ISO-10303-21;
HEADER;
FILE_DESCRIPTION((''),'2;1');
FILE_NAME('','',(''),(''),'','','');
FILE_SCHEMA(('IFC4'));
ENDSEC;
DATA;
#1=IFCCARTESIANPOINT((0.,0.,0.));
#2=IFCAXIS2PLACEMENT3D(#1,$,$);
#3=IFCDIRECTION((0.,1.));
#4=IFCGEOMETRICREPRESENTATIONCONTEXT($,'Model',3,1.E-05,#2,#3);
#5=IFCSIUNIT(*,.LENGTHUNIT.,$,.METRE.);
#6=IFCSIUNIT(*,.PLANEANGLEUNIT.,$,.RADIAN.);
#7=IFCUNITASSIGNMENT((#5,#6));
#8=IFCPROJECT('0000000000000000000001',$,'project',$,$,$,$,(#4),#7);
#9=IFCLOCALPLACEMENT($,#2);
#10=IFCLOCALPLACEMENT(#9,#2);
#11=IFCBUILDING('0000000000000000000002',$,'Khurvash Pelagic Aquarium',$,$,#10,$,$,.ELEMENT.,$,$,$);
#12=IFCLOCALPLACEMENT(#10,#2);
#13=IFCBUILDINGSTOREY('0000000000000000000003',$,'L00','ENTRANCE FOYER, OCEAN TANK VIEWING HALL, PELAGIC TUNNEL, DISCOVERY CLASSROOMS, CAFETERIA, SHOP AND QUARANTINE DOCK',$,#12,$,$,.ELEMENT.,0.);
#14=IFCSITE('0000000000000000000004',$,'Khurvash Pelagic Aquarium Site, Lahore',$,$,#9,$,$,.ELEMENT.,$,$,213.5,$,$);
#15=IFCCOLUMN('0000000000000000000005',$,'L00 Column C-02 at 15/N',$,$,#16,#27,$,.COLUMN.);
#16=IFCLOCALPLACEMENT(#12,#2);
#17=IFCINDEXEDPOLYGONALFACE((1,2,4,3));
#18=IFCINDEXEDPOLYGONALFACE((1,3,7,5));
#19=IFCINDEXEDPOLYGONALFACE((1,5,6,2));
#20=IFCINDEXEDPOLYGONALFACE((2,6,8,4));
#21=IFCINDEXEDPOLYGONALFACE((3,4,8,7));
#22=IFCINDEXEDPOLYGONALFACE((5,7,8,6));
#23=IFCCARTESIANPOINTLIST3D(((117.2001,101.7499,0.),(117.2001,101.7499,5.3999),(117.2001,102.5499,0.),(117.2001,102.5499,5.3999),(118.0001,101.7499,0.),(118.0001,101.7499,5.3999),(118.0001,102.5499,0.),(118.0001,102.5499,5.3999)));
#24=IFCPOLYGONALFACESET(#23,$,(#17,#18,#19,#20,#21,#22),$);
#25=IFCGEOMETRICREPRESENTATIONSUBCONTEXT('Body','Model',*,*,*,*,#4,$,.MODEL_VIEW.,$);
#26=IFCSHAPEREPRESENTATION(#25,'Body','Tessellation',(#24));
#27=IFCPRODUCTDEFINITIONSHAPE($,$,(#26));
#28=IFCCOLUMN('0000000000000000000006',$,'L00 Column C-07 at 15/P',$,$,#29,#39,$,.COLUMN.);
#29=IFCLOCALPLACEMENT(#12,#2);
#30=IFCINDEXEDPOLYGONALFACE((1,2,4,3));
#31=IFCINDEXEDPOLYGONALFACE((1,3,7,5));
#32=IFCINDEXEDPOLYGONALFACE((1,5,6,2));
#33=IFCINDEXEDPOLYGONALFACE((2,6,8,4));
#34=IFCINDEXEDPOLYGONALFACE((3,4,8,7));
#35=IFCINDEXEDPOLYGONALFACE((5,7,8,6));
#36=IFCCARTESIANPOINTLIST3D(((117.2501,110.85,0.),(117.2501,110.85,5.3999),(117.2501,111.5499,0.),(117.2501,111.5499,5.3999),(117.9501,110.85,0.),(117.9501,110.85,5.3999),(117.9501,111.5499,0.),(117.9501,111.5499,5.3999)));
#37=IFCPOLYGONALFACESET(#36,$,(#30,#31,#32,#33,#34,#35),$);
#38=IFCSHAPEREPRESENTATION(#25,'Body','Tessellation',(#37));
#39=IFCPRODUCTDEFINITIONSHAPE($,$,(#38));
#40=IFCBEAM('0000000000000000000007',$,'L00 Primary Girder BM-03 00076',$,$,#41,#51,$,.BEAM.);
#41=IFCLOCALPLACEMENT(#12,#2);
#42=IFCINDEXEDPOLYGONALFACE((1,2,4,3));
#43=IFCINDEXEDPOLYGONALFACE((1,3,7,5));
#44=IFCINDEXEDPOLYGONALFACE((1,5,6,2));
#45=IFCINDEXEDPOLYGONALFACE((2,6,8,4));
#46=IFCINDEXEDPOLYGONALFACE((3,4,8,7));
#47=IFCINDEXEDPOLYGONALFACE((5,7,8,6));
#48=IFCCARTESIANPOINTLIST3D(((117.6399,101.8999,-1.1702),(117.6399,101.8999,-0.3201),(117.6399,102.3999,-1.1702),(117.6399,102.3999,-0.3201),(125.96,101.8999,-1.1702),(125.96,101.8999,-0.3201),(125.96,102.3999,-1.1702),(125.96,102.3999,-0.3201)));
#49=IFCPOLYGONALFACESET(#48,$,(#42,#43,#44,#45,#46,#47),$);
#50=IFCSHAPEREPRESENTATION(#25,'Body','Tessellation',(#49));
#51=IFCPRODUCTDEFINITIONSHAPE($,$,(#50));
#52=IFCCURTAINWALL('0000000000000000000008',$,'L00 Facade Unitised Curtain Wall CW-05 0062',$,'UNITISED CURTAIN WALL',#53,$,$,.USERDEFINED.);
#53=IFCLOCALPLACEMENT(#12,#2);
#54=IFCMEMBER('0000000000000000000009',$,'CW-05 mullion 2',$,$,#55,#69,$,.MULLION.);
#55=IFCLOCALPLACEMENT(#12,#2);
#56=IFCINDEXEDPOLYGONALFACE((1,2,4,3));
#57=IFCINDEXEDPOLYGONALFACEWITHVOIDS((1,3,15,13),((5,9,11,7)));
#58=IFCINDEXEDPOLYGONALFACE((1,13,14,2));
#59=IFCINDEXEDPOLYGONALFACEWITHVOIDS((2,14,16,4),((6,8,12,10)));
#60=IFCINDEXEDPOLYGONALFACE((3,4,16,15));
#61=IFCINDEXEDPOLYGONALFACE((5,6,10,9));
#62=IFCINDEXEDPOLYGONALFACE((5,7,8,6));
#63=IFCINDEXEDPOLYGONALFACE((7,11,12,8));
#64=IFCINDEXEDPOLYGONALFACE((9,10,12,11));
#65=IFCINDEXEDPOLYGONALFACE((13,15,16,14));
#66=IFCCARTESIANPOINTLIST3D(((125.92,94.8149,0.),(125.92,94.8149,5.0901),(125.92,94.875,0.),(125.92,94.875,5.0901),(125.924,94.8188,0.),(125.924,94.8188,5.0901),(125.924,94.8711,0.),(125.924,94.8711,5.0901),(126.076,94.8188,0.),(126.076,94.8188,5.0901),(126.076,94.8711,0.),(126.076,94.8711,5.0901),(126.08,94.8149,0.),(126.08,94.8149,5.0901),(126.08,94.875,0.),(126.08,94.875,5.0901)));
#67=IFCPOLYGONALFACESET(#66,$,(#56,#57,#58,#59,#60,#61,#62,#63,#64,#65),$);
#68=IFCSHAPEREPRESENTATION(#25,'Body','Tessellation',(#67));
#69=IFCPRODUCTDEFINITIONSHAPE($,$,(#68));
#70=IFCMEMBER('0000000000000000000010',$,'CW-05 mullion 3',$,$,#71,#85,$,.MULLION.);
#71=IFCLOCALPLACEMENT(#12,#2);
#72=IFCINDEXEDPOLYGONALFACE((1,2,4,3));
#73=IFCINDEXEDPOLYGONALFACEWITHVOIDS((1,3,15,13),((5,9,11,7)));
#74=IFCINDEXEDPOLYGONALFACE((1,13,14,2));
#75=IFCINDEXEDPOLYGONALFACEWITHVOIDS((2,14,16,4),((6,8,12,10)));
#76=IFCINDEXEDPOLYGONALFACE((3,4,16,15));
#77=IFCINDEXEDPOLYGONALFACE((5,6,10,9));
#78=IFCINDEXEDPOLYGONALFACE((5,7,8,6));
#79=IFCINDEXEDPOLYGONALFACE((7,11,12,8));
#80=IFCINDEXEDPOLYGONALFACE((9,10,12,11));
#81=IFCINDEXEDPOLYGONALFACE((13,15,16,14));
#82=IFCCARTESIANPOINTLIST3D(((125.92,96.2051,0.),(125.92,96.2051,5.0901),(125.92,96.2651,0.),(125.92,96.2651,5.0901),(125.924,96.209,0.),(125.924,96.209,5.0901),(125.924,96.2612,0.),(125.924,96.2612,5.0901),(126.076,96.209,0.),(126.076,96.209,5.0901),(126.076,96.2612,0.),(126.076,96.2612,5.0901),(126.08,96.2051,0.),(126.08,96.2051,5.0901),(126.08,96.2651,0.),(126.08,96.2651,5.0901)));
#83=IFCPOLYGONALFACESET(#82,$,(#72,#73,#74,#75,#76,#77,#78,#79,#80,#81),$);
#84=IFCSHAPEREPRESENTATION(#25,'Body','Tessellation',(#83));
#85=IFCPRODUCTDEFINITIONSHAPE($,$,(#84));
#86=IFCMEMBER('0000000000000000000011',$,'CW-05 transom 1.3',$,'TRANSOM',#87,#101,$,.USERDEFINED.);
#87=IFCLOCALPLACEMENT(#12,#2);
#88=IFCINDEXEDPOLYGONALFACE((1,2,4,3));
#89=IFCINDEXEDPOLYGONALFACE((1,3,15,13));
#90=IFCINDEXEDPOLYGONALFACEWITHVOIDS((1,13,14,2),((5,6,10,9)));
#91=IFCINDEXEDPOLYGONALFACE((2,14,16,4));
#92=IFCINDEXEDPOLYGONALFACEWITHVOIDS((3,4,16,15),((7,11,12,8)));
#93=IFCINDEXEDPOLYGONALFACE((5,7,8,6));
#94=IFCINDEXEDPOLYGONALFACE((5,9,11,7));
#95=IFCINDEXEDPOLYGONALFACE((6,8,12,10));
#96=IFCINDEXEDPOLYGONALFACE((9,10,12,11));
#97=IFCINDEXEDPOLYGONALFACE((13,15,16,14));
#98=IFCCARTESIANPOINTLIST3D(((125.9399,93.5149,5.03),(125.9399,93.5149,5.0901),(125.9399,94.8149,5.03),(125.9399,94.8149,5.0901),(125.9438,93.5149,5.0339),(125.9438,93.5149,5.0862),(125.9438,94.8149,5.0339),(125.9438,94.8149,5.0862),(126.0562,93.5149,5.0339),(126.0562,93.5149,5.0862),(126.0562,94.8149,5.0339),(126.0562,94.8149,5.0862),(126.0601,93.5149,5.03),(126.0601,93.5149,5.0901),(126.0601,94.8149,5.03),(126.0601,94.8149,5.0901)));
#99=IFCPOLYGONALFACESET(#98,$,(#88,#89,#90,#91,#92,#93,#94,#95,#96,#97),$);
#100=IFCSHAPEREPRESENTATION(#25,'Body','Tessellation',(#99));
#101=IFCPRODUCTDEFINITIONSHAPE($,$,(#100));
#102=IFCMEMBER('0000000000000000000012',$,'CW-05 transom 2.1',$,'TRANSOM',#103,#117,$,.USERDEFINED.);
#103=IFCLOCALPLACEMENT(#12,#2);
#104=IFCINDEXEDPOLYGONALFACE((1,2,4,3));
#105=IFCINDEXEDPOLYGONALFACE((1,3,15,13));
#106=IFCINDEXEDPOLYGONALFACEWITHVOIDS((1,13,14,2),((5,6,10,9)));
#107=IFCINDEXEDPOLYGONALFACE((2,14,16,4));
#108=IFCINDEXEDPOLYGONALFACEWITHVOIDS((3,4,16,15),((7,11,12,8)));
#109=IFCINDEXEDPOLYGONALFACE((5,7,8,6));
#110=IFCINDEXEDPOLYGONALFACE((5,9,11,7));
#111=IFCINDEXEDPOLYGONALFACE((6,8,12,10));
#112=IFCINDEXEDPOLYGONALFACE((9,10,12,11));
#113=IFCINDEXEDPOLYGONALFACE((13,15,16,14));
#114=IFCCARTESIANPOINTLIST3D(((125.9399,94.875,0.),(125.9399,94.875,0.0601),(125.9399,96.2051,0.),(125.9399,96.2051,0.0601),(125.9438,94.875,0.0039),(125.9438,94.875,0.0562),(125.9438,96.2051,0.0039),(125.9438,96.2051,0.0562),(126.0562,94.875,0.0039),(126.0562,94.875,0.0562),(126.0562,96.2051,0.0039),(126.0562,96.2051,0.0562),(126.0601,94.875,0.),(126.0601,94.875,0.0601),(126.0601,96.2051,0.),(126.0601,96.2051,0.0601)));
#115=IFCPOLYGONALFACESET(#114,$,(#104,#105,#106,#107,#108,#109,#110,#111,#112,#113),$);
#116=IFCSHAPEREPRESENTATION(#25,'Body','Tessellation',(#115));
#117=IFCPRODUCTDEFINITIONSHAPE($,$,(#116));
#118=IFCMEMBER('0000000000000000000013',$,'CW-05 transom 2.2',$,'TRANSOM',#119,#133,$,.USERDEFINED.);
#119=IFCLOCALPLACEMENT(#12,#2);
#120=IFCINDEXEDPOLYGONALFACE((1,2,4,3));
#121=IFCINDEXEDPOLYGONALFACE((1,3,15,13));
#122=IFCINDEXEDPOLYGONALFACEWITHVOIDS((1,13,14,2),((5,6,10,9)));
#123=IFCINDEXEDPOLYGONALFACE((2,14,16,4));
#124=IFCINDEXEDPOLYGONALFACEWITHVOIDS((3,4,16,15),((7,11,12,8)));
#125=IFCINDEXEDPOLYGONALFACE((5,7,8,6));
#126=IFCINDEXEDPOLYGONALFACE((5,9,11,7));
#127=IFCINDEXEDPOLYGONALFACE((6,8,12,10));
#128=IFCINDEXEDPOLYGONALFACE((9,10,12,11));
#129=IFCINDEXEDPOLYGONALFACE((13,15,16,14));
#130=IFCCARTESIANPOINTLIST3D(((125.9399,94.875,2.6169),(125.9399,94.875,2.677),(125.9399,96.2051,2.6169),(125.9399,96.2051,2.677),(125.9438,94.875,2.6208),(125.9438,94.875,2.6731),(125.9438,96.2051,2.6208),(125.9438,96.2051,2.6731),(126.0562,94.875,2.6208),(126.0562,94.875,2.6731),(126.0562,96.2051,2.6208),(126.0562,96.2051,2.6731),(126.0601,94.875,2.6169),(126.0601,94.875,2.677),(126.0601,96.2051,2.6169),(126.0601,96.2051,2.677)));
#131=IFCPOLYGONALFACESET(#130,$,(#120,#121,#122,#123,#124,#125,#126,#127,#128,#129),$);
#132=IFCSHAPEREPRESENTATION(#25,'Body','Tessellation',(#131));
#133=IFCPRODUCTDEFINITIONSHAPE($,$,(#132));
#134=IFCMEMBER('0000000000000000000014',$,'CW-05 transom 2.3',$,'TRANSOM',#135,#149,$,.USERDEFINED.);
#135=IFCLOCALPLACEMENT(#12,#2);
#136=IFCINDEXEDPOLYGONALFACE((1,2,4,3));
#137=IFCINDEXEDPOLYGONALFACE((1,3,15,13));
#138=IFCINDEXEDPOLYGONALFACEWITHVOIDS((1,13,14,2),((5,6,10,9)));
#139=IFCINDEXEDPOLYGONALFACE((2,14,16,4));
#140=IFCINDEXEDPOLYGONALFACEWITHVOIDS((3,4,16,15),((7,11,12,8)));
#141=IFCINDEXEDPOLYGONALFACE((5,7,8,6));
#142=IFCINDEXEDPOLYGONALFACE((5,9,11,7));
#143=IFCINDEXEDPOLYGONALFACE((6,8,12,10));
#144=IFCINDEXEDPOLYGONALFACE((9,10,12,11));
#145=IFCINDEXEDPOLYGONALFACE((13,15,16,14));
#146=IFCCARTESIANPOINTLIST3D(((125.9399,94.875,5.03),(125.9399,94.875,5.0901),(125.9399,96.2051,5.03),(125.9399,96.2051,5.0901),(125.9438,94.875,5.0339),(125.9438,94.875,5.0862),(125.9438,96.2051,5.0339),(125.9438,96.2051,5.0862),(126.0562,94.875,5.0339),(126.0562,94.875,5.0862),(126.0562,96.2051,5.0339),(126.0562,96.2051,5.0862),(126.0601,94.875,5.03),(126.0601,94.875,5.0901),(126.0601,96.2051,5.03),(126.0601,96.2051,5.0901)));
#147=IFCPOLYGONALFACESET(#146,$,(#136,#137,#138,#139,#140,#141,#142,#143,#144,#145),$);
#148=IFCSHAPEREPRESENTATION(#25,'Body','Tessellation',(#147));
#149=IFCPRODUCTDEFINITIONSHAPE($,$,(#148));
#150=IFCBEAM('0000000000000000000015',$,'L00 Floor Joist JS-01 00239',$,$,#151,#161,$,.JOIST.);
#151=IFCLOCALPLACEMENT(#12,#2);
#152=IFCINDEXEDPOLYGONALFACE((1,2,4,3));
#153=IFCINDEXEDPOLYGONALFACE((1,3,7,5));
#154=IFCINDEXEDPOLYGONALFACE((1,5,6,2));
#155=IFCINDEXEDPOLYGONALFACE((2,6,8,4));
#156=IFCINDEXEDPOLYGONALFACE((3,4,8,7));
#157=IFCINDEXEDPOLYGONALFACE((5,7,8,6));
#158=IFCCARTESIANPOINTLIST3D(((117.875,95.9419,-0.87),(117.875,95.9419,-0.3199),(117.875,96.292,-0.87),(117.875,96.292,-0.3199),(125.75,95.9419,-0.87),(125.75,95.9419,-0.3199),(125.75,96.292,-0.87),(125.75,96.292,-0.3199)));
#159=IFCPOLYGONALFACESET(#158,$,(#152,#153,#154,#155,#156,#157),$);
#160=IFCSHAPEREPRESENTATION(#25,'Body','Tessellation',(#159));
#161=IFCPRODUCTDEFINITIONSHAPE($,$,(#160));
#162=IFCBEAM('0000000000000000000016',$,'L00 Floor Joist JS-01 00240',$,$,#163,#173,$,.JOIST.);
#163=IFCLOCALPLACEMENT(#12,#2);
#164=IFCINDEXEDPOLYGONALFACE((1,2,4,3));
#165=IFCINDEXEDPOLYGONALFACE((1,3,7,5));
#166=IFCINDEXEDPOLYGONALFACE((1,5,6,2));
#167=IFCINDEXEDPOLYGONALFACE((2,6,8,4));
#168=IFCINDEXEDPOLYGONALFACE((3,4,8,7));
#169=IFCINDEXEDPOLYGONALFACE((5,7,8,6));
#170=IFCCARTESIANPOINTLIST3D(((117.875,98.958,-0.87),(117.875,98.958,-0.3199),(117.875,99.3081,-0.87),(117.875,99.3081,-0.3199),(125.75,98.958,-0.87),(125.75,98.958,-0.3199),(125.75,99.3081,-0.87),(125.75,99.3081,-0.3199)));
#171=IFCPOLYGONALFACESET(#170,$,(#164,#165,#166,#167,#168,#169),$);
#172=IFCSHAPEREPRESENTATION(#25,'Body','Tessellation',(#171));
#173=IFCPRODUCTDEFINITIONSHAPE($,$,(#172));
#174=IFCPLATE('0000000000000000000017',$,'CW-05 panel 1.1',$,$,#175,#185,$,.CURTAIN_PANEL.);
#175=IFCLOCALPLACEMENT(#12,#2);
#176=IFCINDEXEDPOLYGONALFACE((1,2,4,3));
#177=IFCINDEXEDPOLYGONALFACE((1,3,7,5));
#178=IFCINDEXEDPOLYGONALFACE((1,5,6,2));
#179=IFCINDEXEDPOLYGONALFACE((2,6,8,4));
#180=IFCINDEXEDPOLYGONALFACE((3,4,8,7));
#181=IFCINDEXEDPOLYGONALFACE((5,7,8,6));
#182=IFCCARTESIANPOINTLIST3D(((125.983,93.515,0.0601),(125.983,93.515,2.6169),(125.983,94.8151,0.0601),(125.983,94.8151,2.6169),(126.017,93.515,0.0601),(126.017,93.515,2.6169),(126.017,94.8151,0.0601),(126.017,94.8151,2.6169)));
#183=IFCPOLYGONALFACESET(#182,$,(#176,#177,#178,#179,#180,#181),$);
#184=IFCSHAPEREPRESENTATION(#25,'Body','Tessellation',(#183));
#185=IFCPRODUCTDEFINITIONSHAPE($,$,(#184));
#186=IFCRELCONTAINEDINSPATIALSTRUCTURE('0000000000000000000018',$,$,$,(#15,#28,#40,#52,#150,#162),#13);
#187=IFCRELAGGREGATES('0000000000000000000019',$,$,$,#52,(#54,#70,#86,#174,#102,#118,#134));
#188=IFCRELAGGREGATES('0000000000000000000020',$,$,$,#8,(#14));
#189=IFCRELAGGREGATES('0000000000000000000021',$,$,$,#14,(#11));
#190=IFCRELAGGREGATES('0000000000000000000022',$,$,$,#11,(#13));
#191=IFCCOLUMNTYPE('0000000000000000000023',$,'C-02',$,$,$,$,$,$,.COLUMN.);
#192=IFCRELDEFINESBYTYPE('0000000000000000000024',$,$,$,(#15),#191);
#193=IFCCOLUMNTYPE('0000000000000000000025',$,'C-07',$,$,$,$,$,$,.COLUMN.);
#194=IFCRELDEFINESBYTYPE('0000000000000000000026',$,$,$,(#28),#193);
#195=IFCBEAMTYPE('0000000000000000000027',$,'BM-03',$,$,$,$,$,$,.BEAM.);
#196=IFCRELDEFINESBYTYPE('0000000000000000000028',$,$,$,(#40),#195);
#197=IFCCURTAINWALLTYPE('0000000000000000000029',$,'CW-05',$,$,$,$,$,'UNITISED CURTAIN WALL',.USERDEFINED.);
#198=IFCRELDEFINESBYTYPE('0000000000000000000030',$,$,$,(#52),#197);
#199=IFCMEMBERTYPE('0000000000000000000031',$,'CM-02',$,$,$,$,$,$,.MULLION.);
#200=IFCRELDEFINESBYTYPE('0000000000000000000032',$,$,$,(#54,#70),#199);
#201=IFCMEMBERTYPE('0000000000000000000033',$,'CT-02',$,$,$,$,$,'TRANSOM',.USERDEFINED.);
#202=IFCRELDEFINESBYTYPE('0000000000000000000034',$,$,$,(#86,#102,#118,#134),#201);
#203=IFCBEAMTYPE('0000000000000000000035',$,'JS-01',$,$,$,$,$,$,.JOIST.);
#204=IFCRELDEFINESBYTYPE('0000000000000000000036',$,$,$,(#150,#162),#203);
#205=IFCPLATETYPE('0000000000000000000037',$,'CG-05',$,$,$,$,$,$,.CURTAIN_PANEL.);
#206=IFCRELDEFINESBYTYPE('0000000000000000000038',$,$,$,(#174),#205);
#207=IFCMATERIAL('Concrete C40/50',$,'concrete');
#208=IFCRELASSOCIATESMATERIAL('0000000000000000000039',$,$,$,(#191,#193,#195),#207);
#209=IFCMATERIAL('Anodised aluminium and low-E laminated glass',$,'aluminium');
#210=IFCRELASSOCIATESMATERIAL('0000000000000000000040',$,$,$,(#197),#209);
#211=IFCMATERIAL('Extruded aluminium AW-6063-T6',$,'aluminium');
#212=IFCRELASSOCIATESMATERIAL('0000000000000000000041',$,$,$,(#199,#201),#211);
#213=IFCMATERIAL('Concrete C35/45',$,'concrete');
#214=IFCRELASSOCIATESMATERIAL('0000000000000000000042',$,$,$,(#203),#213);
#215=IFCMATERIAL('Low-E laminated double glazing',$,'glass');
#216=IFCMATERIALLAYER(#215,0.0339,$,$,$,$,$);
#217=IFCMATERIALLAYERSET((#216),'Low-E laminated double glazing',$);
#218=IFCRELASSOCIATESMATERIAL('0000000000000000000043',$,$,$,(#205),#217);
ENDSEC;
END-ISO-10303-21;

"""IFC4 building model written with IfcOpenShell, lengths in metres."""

from ifc_helpers import new_model, si_unit, direction, frame, origin, origin_2d, place, context, subcontext, project, spatial, rectangle, hollow_rectangle, extrude, material, layer, layer_set, material_profile, profile_set, type_object, element, aggregate, save


model = new_model("IFC4")

# Units and contexts
model_context = context("Model", 3, precision=1e-05, world=origin(), true_north=direction((0.0, 1.0)))
body_context = subcontext(model_context, "Body", "Model", "MODEL_VIEW")
ifc_project = project(units=[si_unit("LENGTHUNIT", "METRE"), si_unit("PLANEANGLEUNIT", "RADIAN")], contexts=[model_context])

# Site, building, storey
site_placement = place(None, origin())
site = spatial("IfcSite", under=ifc_project, at=site_placement, Name="Khurvash Pelagic Aquarium Site, Lahore", CompositionType="ELEMENT", RefElevation=213.5)
building_placement = place(site_placement, origin())
building = spatial("IfcBuilding", under=site, at=building_placement, Name="Khurvash Pelagic Aquarium", CompositionType="ELEMENT")
storey_placement = place(building_placement, origin())
storey = spatial("IfcBuildingStorey", under=building, at=storey_placement, Name="L00", Description="ENTRANCE FOYER, OCEAN TANK VIEWING HALL, PELAGIC TUNNEL, DISCOVERY CLASSROOMS, CAFETERIA, SHOP AND QUARANTINE DOCK", CompositionType="ELEMENT", Elevation=0.0)

# Columns
ifc_material_1 = material(Name="Concrete C40/50", Category="concrete")
ifc_material_profile_1 = material_profile(ifc_material_1, rectangle(XDim=0.8, YDim=0.8, at=origin_2d()), Name="RC800X800")
ifc_profile_set_1 = profile_set([ifc_material_profile_1], Name="Concrete C40/50")
column_type_1 = type_object("IfcColumnType", Name="C-02", PredefinedType="COLUMN", material=ifc_profile_set_1)
column_1_placement = place(storey_placement, frame((117.6001, 102.1499, 0.0), z_axis=(0.0, 0.0, 1.0), x_axis=(1.0, 0.0, 0.0)))
element("IfcColumn", 1, at=column_1_placement, inside=storey, type_object=column_type_1, Name="L00 Column C-02 at 15/N", PredefinedType="COLUMN", context=body_context, shape_type="SweptSolid", body=[
    extrude(rectangle(XDim=0.8, YDim=0.8, at=origin_2d()), origin(), (0.0, 0.0, 1.0), 5.3999),
])
ifc_material_profile_2 = material_profile(ifc_material_1, rectangle(XDim=0.7, YDim=0.7, at=origin_2d()), Name="RC700X700")
ifc_profile_set_2 = profile_set([ifc_material_profile_2], Name="Concrete C40/50")
column_type_2 = type_object("IfcColumnType", Name="C-07", PredefinedType="COLUMN", material=ifc_profile_set_2)
column_2_placement = place(storey_placement, frame((117.6001, 111.2, 0.0), z_axis=(0.0, 0.0, 1.0), x_axis=(1.0, 0.0, 0.0)))
element("IfcColumn", 2, at=column_2_placement, inside=storey, type_object=column_type_2, Name="L00 Column C-07 at 15/P", PredefinedType="COLUMN", context=body_context, shape_type="SweptSolid", body=[
    extrude(rectangle(XDim=0.7, YDim=0.7, at=origin_2d()), origin(), (0.0, 0.0, 1.0), 5.3999),
])

# Beam
ifc_material_profile_3 = material_profile(ifc_material_1, rectangle(XDim=0.5, YDim=0.8501, at=origin_2d()), Name="RC500X850")
ifc_profile_set_3 = profile_set([ifc_material_profile_3], Name="Concrete C40/50")
beam_type_1 = type_object("IfcBeamType", Name="BM-03", PredefinedType="BEAM", material=ifc_profile_set_3)
beam_placement = place(storey_placement, frame((117.6399, 102.1499, -0.7451), z_axis=(1.0, 0.0, 0.0), x_axis=(0.0, 1.0, 0.0)))
element("IfcBeam", 3, at=beam_placement, inside=storey, type_object=beam_type_1, Name="L00 Primary Girder BM-03 00076", PredefinedType="BEAM", context=body_context, shape_type="SweptSolid", body=[
    extrude(rectangle(XDim=0.5, YDim=0.8501, at=origin_2d()), origin(), (0.0, 0.0, 1.0), 8.3201),
])

# Curtain wall, members
ifc_material_2 = material(Name="Anodised aluminium and low-E laminated glass", Category="aluminium")
curtain_wall_type = type_object("IfcCurtainWallType", Name="CW-05", ElementType="UNITISED CURTAIN WALL", PredefinedType="USERDEFINED", material=ifc_material_2)
curtain_wall_placement = place(storey_placement, origin())
curtain_wall = element("IfcCurtainWall", 4, at=curtain_wall_placement, inside=storey, type_object=curtain_wall_type, Name="L00 Facade Unitised Curtain Wall CW-05 0062", ObjectType="UNITISED CURTAIN WALL", PredefinedType="USERDEFINED")
ifc_material_3 = material(Name="Extruded aluminium AW-6063-T6", Category="aluminium")
ifc_material_profile_4 = material_profile(ifc_material_3, hollow_rectangle(XDim=0.0601, YDim=0.1599, WallThickness=0.0039, at=origin_2d()), Name="CWM60X160X4")
ifc_profile_set_4 = profile_set([ifc_material_profile_4], Name="Extruded aluminium AW-6063-T6")
member_type_1 = type_object("IfcMemberType", Name="CM-02", PredefinedType="MULLION", material=ifc_profile_set_4)
member_1_placement = place(storey_placement, frame((126.0, 94.845, 0.0), z_axis=(0.0, 0.0, 1.0), x_axis=(0.0, 1.0, 0.0)))
member_1 = element("IfcMember", 5, at=member_1_placement, type_object=member_type_1, Name="CW-05 mullion 2", PredefinedType="MULLION", context=body_context, shape_type="SweptSolid", body=[
    extrude(hollow_rectangle(XDim=0.0601, YDim=0.1599, WallThickness=0.0039, at=origin_2d()), origin(), (0.0, 0.0, 1.0), 5.0901),
])
member_2_placement = place(storey_placement, frame((126.0, 96.2351, 0.0), z_axis=(0.0, 0.0, 1.0), x_axis=(0.0, 1.0, 0.0)))
member_2 = element("IfcMember", 6, at=member_2_placement, type_object=member_type_1, Name="CW-05 mullion 3", PredefinedType="MULLION", context=body_context, shape_type="SweptSolid", body=[
    extrude(hollow_rectangle(XDim=0.0601, YDim=0.1599, WallThickness=0.0039, at=origin_2d()), origin(), (0.0, 0.0, 1.0), 5.0901),
])
ifc_material_profile_5 = material_profile(ifc_material_3, hollow_rectangle(XDim=0.1201, YDim=0.0601, WallThickness=0.0039, at=origin_2d()), Name="CWT120X60X4")
ifc_profile_set_5 = profile_set([ifc_material_profile_5], Name="Extruded aluminium AW-6063-T6")
member_type_2 = type_object("IfcMemberType", Name="CT-02", ElementType="TRANSOM", PredefinedType="USERDEFINED", material=ifc_profile_set_5)
member_3_placement = place(storey_placement, frame((126.0, 93.5149, 5.0601), z_axis=(0.0, 1.0, 0.0), x_axis=(-1.0, 0.0, 0.0)))
member_3 = element("IfcMember", 7, at=member_3_placement, type_object=member_type_2, Name="CW-05 transom 1.3", ObjectType="TRANSOM", PredefinedType="USERDEFINED", context=body_context, shape_type="SweptSolid", body=[
    extrude(hollow_rectangle(XDim=0.1201, YDim=0.0601, WallThickness=0.0039, at=origin_2d()), origin(), (0.0, 0.0, 1.0), 1.3),
])
member_4_placement = place(storey_placement, frame((126.0, 94.875, 0.03), z_axis=(0.0, 1.0, 0.0), x_axis=(-1.0, 0.0, 0.0)))
member_4 = element("IfcMember", 8, at=member_4_placement, type_object=member_type_2, Name="CW-05 transom 2.1", ObjectType="TRANSOM", PredefinedType="USERDEFINED", context=body_context, shape_type="SweptSolid", body=[
    extrude(hollow_rectangle(XDim=0.1201, YDim=0.0601, WallThickness=0.0039, at=origin_2d()), origin(), (0.0, 0.0, 1.0), 1.3301),
])
member_5_placement = place(storey_placement, frame((126.0, 94.875, 2.647), z_axis=(0.0, 1.0, 0.0), x_axis=(-1.0, 0.0, 0.0)))
member_5 = element("IfcMember", 9, at=member_5_placement, type_object=member_type_2, Name="CW-05 transom 2.2", ObjectType="TRANSOM", PredefinedType="USERDEFINED", context=body_context, shape_type="SweptSolid", body=[
    extrude(hollow_rectangle(XDim=0.1201, YDim=0.0601, WallThickness=0.0039, at=origin_2d()), origin(), (0.0, 0.0, 1.0), 1.3301),
])
member_6_placement = place(storey_placement, frame((126.0, 94.875, 5.0601), z_axis=(0.0, 1.0, 0.0), x_axis=(-1.0, 0.0, 0.0)))
member_6 = element("IfcMember", 10, at=member_6_placement, type_object=member_type_2, Name="CW-05 transom 2.3", ObjectType="TRANSOM", PredefinedType="USERDEFINED", context=body_context, shape_type="SweptSolid", body=[
    extrude(hollow_rectangle(XDim=0.1201, YDim=0.0601, WallThickness=0.0039, at=origin_2d()), origin(), (0.0, 0.0, 1.0), 1.3301),
])

# Beams
ifc_material_4 = material(Name="Concrete C35/45", Category="concrete")
ifc_material_profile_6 = material_profile(ifc_material_4, rectangle(XDim=0.3501, YDim=0.55, at=origin_2d()), Name="RC350X550")
ifc_profile_set_6 = profile_set([ifc_material_profile_6], Name="Concrete C35/45")
beam_type_2 = type_object("IfcBeamType", Name="JS-01", PredefinedType="JOIST", material=ifc_profile_set_6)
for number, where, z_axis, x_axis, name in (
    (11, (117.875, 96.1169, -0.595), (1.0, 0.0, 0.0), (0.0, 1.0, 0.0), "L00 Floor Joist JS-01 00239"),
    (12, (117.875, 99.1331, -0.595), (1.0, 0.0, 0.0), (0.0, 1.0, 0.0), "L00 Floor Joist JS-01 00240"),
):
    element("IfcBeam", number, at=place(storey_placement, frame(where, z_axis=z_axis, x_axis=x_axis)), inside=storey, type_object=beam_type_2, Name=name, PredefinedType="JOIST", context=body_context, shape_type="SweptSolid", body=[
        extrude(rectangle(XDim=0.3501, YDim=0.55, at=origin_2d()), origin(), (0.0, 0.0, 1.0), 7.875),
    ])

# Plate
ifc_material_5 = material(Name="Low-E laminated double glazing", Category="glass")
ifc_layer_1 = layer(ifc_material_5, 0.0339)
ifc_layer_set_1 = layer_set([ifc_layer_1], Name="Low-E laminated double glazing")
plate_type = type_object("IfcPlateType", Name="CG-05", PredefinedType="CURTAIN_PANEL", material=ifc_layer_set_1)
plate_1_placement = place(storey_placement, frame((126.0, 94.165, 0.0601), z_axis=(0.0, 0.0, 1.0), x_axis=(0.0, 1.0, 0.0)))
plate_1 = element("IfcPlate", 13, at=plate_1_placement, type_object=plate_type, Name="CW-05 panel 1.1", PredefinedType="CURTAIN_PANEL", context=body_context, shape_type="SweptSolid", body=[
    extrude(rectangle(XDim=1.3, YDim=0.0339, at=origin_2d()), origin(), (0.0, 0.0, 1.0), 2.5569),
])
aggregate(curtain_wall, [member_1, member_2, member_3, plate_1, member_4, member_5, member_6])

save(model, "model.ifc")
